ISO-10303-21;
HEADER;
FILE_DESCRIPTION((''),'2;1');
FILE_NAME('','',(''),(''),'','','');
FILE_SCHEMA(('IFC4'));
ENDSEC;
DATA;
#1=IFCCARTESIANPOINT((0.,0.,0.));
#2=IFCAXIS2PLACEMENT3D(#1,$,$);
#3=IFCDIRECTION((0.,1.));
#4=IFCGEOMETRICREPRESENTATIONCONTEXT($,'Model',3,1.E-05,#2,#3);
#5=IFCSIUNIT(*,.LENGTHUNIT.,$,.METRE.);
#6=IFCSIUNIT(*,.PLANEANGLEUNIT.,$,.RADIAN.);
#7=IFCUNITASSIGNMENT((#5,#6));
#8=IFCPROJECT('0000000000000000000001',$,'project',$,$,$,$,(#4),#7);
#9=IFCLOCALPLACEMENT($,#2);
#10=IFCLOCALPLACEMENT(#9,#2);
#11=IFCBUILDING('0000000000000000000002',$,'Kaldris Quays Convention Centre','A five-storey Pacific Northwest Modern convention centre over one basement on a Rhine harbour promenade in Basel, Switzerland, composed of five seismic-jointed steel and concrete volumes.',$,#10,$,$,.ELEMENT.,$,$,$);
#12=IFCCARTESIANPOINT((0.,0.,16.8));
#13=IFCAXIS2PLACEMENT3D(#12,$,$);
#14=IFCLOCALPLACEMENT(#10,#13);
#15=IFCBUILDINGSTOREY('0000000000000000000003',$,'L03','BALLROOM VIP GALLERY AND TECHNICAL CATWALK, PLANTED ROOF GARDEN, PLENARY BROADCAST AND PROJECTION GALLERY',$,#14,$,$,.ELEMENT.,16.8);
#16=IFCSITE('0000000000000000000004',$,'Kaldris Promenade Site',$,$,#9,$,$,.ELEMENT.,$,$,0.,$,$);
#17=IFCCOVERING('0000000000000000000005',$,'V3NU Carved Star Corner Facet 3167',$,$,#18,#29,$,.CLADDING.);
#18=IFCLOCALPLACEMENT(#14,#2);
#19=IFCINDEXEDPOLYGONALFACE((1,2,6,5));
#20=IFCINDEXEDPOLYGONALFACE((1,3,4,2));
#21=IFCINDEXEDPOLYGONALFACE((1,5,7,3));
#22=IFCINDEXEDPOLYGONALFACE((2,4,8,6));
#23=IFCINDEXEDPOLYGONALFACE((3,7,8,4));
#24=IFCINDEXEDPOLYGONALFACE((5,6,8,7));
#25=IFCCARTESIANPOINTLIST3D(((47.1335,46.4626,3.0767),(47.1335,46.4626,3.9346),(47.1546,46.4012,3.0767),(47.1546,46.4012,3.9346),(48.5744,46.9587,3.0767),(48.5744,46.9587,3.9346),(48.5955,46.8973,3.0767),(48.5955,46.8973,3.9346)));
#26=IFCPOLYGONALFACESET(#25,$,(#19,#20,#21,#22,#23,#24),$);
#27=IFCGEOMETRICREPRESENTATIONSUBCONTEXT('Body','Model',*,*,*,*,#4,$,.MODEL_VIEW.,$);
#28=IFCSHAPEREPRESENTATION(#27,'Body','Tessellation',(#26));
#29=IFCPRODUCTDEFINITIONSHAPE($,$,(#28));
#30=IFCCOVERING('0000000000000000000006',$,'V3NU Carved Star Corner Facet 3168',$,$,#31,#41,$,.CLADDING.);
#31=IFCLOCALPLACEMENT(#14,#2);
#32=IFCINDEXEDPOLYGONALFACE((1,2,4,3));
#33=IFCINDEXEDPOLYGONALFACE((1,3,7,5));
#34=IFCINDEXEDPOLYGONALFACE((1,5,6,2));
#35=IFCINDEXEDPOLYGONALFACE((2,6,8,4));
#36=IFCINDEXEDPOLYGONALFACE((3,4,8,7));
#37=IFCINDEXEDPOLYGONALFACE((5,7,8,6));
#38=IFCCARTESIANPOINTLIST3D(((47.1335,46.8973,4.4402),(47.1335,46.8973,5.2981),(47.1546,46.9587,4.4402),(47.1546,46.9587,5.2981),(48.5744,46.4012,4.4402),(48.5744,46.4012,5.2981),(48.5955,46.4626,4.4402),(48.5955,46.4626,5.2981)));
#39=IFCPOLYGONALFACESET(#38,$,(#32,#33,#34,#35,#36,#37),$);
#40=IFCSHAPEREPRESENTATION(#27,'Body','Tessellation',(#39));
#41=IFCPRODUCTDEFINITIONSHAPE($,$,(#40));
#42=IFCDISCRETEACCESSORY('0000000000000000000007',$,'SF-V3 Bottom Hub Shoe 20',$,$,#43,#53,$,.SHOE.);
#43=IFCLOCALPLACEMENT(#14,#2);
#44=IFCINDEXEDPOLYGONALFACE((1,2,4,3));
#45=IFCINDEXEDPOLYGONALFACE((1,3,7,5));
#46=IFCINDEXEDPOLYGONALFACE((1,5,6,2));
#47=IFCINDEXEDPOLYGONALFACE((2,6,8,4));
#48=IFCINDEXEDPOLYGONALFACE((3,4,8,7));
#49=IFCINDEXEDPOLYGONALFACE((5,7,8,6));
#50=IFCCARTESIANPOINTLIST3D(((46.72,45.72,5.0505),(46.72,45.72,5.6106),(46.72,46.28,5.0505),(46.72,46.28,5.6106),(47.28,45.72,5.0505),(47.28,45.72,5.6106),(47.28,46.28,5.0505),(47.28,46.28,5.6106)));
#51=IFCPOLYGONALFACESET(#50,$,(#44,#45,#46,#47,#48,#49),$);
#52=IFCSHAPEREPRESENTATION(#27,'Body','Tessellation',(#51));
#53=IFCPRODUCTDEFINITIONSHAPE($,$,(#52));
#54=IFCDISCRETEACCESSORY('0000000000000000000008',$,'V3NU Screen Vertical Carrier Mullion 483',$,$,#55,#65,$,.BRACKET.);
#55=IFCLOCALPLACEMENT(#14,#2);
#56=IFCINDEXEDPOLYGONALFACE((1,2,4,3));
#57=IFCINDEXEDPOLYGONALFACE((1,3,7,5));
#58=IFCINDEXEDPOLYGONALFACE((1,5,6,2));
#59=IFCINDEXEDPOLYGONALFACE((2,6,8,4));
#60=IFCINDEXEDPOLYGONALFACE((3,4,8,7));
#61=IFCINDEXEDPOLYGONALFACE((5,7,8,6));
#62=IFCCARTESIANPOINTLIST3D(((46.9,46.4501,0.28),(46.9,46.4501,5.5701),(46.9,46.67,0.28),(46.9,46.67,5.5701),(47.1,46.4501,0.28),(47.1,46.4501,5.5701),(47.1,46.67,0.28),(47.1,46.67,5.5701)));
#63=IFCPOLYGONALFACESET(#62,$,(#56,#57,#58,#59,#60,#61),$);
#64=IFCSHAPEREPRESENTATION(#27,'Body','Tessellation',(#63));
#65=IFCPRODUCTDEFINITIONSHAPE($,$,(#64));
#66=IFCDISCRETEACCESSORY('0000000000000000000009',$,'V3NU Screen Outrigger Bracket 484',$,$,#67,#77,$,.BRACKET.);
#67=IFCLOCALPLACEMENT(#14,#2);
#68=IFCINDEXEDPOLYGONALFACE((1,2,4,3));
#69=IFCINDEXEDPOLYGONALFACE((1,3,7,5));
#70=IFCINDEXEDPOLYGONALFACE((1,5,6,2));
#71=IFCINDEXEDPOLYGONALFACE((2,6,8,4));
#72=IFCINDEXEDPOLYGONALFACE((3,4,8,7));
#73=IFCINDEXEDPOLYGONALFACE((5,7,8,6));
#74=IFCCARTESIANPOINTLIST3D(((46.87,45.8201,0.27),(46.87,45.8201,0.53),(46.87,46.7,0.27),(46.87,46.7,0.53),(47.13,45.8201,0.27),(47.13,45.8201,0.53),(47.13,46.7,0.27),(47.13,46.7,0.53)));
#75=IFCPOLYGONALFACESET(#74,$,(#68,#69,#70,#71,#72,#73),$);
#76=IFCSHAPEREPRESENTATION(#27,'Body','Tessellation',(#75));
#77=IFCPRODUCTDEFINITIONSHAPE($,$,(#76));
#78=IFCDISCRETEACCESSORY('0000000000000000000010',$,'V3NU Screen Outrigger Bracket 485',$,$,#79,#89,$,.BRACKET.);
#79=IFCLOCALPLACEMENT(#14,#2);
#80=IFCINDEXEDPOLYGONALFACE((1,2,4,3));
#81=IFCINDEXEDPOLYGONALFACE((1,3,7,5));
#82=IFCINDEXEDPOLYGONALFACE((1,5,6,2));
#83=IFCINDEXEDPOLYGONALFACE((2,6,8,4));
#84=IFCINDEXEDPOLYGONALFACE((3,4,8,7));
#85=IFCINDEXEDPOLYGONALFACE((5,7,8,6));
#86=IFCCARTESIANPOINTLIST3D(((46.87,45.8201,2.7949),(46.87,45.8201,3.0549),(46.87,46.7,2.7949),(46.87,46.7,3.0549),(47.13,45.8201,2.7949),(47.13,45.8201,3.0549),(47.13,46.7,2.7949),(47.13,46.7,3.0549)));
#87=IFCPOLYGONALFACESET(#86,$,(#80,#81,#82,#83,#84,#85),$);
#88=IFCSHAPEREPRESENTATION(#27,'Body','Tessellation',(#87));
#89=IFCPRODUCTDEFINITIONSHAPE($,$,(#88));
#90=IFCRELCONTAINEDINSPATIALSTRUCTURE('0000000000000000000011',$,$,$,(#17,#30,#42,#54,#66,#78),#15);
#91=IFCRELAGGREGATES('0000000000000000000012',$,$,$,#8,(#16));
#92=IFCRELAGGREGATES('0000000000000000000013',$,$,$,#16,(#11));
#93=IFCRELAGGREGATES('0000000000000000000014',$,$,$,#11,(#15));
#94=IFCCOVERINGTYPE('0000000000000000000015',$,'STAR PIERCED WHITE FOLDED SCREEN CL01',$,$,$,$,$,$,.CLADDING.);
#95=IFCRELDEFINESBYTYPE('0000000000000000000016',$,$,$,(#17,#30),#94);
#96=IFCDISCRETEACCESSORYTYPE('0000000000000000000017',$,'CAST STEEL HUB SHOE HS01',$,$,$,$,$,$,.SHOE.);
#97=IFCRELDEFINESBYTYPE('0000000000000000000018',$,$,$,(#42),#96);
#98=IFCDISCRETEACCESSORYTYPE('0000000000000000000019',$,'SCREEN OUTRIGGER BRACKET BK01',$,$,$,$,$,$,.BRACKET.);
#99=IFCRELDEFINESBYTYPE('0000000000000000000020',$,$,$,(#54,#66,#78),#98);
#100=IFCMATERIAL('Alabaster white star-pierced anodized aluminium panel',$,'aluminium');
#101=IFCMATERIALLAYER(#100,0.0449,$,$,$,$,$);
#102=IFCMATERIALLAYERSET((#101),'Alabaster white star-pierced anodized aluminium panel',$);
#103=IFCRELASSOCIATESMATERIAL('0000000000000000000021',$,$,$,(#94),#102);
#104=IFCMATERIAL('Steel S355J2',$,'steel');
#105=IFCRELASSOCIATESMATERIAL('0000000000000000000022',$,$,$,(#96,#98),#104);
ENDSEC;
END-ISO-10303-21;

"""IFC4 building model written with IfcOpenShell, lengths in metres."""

from ifc_helpers import new_model, si_unit, direction, frame, origin, origin_2d, place, context, subcontext, project, spatial, rectangle, extrude, material, layer, layer_set, type_object, element, save


model = new_model("IFC4")

# Units and contexts
model_context = context("Model", 3, precision=1e-05, world=origin(), true_north=direction((0.0, 1.0)))
body_context = subcontext(model_context, "Body", "Model", "MODEL_VIEW")
ifc_project = project(units=[si_unit("LENGTHUNIT", "METRE"), si_unit("PLANEANGLEUNIT", "RADIAN")], contexts=[model_context])

# Site, building, storey
site_placement = place(None, origin())
site = spatial("IfcSite", under=ifc_project, at=site_placement, Name="Kaldris Promenade Site", CompositionType="ELEMENT", RefElevation=0.0)
building_placement = place(site_placement, origin())
building = spatial("IfcBuilding", under=site, at=building_placement, Name="Kaldris Quays Convention Centre", Description="A five-storey Pacific Northwest Modern convention centre over one basement on a Rhine harbour promenade in Basel, Switzerland, composed of five seismic-jointed steel and concrete volumes.", CompositionType="ELEMENT")
storey_placement = place(building_placement, frame((0.0, 0.0, 16.8)))
storey = spatial("IfcBuildingStorey", under=building, at=storey_placement, Name="L03", Description="BALLROOM VIP GALLERY AND TECHNICAL CATWALK, PLANTED ROOF GARDEN, PLENARY BROADCAST AND PROJECTION GALLERY", CompositionType="ELEMENT", Elevation=16.8)

# Shared definitions
ifc_material_1 = material(Name="Steel S355J2", Category="steel")

# Coverings
ifc_material_2 = material(Name="Alabaster white star-pierced anodized aluminium panel", Category="aluminium")
ifc_layer_1 = layer(ifc_material_2, 0.0449)
ifc_layer_set_1 = layer_set([ifc_layer_1], Name="Alabaster white star-pierced anodized aluminium panel")
covering_type = type_object("IfcCoveringType", Name="STAR PIERCED WHITE FOLDED SCREEN CL01", PredefinedType="CLADDING", material=ifc_layer_set_1)
for number, where, z_axis, x_axis, name in (
    (1, (47.8645, 46.6799, 3.0767), (0.0, 0.0, 1.0), (0.945519, 0.325568, 0.0), "V3NU Carved Star Corner Facet 3167"),
    (2, (47.8645, 46.6799, 4.4402), (0.0, 0.0, 1.0), (0.945519, -0.325568, 0.0), "V3NU Carved Star Corner Facet 3168"),
):
    element("IfcCovering", number, at=place(storey_placement, frame(where, z_axis=z_axis, x_axis=x_axis)), inside=storey, type_object=covering_type, Name=name, PredefinedType="CLADDING", context=body_context, shape_type="SweptSolid", body=[
        extrude(rectangle(XDim=1.5239, YDim=0.0649, at=origin_2d()), origin(), (0.0, 0.0, 1.0), 0.8579),
    ])

# Discrete accessories
discrete_accessory_type_1 = type_object("IfcDiscreteAccessoryType", Name="CAST STEEL HUB SHOE HS01", PredefinedType="SHOE", material=ifc_material_1)
discrete_accessory_1_placement = place(storey_placement, frame((47.0, 46.0, 5.0505), z_axis=(0.0, 0.0, 1.0), x_axis=(1.0, 0.0, 0.0)))
element("IfcDiscreteAccessory", 3, at=discrete_accessory_1_placement, inside=storey, type_object=discrete_accessory_type_1, Name="SF-V3 Bottom Hub Shoe 20", PredefinedType="SHOE", context=body_context, shape_type="SweptSolid", body=[
    extrude(rectangle(XDim=0.5601, YDim=0.5601, at=origin_2d()), origin(), (0.0, 0.0, 1.0), 0.5601),
])
discrete_accessory_type_2 = type_object("IfcDiscreteAccessoryType", Name="SCREEN OUTRIGGER BRACKET BK01", PredefinedType="BRACKET", material=ifc_material_1)
discrete_accessory_2_placement = place(storey_placement, frame((47.0, 46.5601, 0.28), z_axis=(0.0, 0.0, 1.0), x_axis=(1.0, 0.0, 0.0)))
element("IfcDiscreteAccessory", 4, at=discrete_accessory_2_placement, inside=storey, type_object=discrete_accessory_type_2, Name="V3NU Screen Vertical Carrier Mullion 483", PredefinedType="BRACKET", context=body_context, shape_type="SweptSolid", body=[
    extrude(rectangle(XDim=0.2, YDim=0.22, at=origin_2d()), origin(), (0.0, 0.0, 1.0), 5.29),
])
for number, where, z_axis, x_axis, name in (
    (5, (47.0, 46.26, 0.27), (0.0, 0.0, 1.0), (1.0, 0.0, 0.0), "V3NU Screen Outrigger Bracket 484"),
    (6, (47.0, 46.26, 2.7949), (0.0, 0.0, 1.0), (1.0, 0.0, 0.0), "V3NU Screen Outrigger Bracket 485"),
):
    element("IfcDiscreteAccessory", number, at=place(storey_placement, frame(where, z_axis=z_axis, x_axis=x_axis)), inside=storey, type_object=discrete_accessory_type_2, Name=name, PredefinedType="BRACKET", context=body_context, shape_type="SweptSolid", body=[
        extrude(rectangle(XDim=0.26, YDim=0.8799, at=origin_2d()), origin(), (0.0, 0.0, 1.0), 0.26),
    ])

save(model, "model.ifc")
